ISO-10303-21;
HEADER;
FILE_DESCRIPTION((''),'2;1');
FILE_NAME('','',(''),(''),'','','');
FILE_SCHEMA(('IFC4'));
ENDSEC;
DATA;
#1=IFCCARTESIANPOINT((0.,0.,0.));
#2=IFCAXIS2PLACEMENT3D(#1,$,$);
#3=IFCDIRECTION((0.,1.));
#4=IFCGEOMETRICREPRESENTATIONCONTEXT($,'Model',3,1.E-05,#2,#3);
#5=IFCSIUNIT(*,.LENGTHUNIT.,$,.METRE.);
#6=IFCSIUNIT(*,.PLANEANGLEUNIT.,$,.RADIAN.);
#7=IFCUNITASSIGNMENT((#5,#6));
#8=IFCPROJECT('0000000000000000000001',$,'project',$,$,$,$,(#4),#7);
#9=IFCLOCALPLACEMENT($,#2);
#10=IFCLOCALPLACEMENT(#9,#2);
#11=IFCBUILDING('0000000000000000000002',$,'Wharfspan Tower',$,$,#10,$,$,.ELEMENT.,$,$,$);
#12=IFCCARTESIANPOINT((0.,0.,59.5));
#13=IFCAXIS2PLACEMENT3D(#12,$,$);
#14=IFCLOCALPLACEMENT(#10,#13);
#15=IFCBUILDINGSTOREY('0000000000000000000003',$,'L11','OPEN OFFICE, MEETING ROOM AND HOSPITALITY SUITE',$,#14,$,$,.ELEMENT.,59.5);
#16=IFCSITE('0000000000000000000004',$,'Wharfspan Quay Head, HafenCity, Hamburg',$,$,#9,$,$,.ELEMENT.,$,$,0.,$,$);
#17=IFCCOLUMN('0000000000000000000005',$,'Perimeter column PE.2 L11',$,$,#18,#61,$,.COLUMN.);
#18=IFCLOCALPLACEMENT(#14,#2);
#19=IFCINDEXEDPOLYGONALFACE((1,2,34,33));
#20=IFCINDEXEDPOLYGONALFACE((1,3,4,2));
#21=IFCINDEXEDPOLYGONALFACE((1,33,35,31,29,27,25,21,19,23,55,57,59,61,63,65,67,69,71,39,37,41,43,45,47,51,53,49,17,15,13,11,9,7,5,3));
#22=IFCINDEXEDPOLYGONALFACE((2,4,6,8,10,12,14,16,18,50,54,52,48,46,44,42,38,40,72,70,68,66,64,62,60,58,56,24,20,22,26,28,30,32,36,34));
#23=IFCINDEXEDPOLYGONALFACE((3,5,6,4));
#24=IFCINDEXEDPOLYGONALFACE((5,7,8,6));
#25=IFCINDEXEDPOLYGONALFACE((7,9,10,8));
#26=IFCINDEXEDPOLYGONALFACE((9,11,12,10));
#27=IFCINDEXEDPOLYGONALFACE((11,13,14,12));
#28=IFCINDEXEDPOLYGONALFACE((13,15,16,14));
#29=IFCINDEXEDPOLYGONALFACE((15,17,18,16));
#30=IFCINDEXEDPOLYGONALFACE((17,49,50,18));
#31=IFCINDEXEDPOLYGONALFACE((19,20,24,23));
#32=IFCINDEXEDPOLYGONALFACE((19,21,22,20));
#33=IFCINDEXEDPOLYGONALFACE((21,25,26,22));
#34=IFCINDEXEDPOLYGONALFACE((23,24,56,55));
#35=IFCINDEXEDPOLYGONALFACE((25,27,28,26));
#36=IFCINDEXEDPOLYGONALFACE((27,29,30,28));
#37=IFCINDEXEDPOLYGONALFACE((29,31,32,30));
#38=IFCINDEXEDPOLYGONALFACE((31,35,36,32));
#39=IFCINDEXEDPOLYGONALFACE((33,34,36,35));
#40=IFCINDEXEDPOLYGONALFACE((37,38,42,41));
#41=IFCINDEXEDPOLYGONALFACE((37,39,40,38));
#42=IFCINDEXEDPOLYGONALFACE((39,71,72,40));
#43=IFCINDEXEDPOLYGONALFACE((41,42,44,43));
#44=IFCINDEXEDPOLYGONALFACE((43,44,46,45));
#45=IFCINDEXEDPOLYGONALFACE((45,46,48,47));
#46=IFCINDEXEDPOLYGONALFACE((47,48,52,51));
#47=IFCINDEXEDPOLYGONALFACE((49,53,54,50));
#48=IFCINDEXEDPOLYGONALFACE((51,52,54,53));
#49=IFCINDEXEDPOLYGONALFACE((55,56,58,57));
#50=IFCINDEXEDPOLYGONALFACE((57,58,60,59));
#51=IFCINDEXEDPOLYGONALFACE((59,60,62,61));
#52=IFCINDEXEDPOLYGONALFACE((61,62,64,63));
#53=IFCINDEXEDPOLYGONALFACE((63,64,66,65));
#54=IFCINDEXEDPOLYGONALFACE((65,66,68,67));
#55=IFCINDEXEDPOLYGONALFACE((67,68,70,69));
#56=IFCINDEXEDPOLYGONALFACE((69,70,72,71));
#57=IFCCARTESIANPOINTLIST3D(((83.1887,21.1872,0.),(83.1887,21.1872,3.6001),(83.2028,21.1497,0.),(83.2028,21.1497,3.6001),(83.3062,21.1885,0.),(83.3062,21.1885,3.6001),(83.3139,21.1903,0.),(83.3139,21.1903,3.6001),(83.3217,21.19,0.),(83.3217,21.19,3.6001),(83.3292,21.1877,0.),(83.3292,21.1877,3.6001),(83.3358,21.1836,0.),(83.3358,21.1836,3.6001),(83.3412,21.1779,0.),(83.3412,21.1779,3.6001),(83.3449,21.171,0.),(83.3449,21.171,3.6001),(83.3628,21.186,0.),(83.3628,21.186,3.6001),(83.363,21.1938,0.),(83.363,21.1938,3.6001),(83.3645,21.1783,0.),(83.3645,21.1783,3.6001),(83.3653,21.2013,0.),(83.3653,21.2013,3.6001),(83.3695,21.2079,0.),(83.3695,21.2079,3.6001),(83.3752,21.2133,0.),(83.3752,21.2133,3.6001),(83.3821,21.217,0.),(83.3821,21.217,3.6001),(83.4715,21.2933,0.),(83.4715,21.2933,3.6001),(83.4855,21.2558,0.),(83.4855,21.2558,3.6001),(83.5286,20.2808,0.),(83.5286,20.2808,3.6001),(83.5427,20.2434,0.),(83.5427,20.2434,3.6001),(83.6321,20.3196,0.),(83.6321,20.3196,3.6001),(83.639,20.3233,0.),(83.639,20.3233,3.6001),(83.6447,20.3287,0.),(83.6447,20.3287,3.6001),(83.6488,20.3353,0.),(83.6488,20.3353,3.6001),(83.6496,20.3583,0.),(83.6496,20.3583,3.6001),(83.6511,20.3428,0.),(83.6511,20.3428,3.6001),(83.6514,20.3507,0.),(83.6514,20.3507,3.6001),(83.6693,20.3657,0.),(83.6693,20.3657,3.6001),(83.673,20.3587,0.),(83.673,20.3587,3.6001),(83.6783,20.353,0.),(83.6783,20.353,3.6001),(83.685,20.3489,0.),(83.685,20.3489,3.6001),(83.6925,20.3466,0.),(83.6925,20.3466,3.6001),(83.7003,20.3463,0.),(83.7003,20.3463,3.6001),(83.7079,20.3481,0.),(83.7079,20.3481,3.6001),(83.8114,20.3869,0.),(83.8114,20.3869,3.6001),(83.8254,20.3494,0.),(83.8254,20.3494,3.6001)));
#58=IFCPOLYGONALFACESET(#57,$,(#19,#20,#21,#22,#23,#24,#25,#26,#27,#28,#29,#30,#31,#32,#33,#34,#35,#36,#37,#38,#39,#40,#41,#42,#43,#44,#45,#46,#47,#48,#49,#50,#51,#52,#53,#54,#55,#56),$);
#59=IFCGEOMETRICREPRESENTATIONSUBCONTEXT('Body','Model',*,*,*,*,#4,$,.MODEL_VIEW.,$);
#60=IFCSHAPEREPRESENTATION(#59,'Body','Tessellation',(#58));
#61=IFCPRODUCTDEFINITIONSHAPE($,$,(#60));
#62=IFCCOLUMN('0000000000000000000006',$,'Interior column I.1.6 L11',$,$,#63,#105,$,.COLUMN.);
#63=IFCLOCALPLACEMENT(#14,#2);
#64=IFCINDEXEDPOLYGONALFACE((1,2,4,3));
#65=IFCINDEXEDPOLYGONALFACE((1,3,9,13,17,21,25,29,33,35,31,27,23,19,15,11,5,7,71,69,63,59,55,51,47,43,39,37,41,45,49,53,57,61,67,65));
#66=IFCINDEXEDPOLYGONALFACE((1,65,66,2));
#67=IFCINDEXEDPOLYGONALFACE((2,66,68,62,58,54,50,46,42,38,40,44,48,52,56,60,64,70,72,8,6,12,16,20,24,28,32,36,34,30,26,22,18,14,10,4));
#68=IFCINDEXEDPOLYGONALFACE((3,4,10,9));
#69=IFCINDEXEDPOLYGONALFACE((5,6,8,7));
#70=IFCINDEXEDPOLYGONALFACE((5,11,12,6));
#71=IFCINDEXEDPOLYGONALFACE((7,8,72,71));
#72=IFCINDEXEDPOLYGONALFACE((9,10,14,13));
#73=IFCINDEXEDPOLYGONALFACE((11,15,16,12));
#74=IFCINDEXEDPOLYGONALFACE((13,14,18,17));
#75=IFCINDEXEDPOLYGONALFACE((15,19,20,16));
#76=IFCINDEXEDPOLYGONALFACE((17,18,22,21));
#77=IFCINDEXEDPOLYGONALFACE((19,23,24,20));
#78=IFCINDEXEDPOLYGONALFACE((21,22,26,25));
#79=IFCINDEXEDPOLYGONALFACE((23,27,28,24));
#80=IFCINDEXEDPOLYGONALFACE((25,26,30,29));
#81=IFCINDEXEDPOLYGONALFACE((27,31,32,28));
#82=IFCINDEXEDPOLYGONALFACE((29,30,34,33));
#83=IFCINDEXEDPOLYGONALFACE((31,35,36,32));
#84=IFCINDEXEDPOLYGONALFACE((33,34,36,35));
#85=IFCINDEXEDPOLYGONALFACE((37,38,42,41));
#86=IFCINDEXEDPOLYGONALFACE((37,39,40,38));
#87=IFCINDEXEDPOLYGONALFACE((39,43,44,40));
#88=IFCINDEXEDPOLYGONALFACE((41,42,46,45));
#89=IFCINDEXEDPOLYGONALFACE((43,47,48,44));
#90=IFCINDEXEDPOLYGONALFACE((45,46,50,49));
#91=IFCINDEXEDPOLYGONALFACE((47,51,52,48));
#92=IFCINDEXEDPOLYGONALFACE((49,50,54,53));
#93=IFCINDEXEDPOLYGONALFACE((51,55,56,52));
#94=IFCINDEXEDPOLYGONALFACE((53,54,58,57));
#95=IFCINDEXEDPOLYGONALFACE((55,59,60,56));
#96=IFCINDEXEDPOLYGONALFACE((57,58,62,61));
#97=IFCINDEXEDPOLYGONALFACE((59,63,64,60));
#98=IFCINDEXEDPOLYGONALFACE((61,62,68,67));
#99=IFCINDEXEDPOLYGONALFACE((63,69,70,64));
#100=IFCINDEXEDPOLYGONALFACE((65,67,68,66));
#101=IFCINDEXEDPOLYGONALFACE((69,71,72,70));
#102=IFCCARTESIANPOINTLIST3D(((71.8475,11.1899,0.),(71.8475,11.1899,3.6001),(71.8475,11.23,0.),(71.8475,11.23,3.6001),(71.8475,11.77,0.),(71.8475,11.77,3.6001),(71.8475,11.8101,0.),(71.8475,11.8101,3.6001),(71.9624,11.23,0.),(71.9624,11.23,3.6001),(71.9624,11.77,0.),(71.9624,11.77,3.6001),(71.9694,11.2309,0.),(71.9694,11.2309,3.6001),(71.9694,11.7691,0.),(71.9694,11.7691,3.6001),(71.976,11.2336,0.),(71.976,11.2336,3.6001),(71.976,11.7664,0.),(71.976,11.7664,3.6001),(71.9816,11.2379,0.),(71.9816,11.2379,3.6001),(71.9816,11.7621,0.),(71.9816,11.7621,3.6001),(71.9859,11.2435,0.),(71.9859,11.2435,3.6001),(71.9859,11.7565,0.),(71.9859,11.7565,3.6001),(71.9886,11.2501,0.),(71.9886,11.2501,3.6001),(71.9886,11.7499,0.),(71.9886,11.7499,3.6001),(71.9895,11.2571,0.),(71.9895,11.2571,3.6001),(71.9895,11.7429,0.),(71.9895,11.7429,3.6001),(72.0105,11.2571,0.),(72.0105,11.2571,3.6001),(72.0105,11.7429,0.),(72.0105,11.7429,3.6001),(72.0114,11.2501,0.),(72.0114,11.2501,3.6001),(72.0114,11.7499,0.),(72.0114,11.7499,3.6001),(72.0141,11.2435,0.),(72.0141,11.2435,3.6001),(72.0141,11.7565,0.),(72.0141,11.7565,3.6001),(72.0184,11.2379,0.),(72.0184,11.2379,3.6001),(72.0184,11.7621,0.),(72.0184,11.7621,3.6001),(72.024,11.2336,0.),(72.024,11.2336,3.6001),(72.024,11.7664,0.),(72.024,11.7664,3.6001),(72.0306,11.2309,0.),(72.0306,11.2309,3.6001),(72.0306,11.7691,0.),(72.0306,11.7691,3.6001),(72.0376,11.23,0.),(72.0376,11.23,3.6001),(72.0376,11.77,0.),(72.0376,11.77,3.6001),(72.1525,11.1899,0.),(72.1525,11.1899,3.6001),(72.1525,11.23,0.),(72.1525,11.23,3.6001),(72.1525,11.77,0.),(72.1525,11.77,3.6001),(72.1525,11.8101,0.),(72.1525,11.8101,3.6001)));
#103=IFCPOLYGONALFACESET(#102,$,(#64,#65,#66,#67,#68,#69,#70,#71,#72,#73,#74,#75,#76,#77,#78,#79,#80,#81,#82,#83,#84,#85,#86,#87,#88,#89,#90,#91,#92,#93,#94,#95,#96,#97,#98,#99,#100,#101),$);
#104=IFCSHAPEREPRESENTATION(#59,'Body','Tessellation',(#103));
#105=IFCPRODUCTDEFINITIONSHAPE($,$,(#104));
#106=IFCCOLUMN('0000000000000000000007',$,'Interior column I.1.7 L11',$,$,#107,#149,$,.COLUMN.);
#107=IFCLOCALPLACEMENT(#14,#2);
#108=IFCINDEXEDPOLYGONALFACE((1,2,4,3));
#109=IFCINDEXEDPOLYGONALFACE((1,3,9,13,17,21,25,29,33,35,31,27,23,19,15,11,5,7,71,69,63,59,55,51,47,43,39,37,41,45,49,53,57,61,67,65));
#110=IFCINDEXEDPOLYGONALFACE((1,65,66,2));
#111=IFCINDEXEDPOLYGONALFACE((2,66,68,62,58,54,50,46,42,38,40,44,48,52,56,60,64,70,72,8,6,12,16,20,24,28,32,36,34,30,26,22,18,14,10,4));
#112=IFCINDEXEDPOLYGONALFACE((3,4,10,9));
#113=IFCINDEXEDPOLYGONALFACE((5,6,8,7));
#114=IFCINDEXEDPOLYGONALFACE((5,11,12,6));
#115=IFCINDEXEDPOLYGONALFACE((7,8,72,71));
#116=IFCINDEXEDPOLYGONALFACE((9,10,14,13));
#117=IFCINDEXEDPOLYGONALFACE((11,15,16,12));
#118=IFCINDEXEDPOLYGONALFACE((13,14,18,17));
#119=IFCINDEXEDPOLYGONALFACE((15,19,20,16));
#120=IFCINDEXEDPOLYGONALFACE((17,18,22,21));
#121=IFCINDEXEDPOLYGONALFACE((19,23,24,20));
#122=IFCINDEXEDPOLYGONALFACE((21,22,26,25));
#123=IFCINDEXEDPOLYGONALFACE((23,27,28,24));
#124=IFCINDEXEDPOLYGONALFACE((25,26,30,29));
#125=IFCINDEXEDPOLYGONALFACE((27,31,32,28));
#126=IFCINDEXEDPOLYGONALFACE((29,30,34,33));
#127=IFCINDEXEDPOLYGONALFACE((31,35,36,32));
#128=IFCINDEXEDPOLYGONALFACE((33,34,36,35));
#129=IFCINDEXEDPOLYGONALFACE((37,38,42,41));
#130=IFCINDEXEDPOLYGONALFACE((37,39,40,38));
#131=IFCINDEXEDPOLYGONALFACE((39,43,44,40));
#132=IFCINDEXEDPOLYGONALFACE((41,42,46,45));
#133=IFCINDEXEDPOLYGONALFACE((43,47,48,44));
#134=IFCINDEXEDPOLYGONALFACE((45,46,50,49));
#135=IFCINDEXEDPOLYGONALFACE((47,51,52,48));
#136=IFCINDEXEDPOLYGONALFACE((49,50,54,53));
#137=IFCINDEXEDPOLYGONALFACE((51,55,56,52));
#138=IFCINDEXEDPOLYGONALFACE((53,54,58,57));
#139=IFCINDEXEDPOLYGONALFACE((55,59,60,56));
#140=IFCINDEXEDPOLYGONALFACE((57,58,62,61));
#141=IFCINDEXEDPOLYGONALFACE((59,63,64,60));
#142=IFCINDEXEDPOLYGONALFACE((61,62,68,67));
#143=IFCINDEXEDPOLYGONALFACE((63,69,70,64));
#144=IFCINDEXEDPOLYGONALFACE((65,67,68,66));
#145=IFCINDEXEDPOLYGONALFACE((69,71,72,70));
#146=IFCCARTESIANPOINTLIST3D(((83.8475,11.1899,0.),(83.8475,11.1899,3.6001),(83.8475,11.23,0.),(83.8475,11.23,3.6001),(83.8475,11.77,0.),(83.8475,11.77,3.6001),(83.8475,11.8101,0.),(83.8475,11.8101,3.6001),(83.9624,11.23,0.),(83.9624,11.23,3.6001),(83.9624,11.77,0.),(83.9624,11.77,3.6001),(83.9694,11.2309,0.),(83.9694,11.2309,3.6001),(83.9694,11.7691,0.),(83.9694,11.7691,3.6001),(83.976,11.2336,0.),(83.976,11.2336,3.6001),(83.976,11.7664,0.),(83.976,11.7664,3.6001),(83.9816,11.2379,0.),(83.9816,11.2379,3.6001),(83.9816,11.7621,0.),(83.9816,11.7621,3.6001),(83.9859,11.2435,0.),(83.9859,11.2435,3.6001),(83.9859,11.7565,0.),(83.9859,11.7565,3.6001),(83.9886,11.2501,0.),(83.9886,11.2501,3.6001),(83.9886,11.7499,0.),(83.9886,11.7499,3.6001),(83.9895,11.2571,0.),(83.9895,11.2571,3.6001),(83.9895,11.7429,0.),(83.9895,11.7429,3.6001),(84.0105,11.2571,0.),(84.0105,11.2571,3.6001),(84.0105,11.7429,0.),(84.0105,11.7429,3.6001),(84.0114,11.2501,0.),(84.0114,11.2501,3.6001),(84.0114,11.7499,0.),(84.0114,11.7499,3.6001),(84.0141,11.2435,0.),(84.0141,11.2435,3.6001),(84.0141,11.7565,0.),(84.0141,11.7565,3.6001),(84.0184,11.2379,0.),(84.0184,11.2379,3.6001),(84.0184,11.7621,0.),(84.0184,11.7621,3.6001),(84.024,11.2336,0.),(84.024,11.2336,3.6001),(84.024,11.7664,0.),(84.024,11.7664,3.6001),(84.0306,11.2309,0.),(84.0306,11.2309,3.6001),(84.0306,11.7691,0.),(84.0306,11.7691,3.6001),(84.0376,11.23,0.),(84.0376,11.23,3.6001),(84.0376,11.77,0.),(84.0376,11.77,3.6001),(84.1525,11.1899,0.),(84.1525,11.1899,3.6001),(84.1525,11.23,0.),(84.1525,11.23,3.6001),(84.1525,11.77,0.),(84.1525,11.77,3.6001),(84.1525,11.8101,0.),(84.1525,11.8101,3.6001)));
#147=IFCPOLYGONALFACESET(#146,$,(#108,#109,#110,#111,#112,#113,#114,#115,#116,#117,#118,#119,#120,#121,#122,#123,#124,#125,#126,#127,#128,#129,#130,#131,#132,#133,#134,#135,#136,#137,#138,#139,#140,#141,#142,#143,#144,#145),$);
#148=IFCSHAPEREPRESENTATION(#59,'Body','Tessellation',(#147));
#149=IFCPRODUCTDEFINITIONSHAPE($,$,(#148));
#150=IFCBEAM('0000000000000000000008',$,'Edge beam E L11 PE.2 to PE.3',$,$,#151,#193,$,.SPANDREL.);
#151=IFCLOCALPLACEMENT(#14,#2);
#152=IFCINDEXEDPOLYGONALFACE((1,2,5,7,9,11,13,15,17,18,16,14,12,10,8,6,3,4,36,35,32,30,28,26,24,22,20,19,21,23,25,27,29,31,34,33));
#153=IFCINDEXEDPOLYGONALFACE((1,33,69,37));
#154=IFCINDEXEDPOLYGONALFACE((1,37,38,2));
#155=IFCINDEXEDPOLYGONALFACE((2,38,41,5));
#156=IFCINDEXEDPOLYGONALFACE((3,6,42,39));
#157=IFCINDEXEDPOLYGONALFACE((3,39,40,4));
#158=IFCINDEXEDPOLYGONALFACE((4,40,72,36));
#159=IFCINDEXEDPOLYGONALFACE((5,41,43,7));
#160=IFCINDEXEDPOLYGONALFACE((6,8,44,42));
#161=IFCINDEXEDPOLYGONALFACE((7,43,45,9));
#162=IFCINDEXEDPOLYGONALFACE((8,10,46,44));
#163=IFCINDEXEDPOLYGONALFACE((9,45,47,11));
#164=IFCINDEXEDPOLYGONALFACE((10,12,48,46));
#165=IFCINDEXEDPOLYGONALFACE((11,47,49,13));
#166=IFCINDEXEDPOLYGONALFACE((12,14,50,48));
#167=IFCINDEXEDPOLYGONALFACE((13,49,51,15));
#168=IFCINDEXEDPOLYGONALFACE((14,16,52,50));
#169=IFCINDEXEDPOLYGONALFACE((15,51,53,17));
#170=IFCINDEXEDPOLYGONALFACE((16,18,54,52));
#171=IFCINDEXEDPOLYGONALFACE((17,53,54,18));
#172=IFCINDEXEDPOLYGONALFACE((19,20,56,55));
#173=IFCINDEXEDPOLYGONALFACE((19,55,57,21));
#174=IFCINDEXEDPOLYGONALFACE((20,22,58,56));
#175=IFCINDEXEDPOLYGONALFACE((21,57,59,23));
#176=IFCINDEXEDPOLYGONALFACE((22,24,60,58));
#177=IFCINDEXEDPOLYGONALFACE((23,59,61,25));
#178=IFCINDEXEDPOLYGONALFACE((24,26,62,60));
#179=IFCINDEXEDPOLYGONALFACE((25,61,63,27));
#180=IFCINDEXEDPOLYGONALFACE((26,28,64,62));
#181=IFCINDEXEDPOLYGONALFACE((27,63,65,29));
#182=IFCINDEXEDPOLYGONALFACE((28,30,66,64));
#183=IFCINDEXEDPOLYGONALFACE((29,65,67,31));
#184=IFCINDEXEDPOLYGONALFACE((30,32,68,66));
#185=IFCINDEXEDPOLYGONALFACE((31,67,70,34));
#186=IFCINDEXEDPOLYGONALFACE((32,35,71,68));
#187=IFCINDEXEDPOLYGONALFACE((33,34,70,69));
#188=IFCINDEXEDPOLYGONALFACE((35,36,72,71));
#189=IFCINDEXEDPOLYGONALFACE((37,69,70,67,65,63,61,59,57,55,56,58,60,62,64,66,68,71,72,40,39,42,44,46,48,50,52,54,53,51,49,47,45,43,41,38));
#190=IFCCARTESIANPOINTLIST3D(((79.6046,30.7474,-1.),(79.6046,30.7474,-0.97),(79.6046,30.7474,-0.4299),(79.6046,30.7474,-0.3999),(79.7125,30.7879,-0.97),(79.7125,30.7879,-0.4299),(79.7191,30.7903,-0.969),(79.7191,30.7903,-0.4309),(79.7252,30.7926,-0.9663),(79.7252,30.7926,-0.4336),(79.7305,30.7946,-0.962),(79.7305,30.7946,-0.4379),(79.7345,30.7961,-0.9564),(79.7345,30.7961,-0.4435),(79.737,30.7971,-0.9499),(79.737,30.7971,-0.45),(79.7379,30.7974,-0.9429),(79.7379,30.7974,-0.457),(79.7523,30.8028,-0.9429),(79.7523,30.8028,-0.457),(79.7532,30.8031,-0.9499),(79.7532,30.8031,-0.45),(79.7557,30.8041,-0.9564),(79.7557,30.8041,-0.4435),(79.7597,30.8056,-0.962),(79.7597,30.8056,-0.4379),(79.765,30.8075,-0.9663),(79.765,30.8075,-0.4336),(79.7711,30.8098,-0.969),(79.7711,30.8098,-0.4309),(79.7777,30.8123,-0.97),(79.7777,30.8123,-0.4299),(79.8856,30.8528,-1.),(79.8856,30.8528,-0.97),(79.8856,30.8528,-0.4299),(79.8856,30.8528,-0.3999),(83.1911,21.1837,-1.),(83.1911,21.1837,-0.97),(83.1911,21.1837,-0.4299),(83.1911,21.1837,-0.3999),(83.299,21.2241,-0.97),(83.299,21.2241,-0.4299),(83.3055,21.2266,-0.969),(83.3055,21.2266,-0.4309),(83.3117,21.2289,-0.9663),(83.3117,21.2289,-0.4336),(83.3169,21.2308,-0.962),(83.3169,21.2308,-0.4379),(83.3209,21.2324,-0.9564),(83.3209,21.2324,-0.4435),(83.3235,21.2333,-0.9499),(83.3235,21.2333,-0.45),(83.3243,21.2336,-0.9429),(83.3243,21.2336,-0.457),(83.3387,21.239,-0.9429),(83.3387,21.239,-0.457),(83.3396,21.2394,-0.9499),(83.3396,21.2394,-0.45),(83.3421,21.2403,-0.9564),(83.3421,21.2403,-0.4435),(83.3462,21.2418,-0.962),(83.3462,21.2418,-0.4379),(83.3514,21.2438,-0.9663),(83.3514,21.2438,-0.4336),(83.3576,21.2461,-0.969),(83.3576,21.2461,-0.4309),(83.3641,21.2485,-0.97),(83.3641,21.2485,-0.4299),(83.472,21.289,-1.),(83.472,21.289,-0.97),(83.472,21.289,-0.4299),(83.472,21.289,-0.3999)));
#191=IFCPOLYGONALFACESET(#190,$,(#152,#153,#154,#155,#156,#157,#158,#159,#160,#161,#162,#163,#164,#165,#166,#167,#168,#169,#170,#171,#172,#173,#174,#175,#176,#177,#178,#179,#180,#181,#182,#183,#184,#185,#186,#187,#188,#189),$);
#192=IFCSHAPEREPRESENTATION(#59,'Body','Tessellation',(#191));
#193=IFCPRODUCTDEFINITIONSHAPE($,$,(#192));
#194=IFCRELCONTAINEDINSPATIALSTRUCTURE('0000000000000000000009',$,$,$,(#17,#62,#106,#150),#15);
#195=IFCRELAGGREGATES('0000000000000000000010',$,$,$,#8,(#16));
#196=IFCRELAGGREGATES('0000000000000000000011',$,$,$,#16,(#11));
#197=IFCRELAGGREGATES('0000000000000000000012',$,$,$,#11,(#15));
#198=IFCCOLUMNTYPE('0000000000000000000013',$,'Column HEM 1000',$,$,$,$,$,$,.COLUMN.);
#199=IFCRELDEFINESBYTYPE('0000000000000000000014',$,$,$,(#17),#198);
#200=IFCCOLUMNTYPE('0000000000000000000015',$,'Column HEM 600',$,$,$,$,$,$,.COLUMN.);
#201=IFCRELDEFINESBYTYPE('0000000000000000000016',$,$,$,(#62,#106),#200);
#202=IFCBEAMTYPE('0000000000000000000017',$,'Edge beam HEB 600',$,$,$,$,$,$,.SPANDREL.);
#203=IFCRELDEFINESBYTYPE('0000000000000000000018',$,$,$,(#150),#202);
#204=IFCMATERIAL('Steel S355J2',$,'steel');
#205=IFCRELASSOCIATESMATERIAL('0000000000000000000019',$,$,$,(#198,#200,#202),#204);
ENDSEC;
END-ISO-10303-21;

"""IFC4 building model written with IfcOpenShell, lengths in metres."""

from ifc_helpers import new_model, si_unit, direction, frame, origin, origin_2d, place, context, subcontext, project, spatial, i_section, extrude, material, material_profile, profile_set, type_object, element, save


model = new_model("IFC4")

# Units and contexts
model_context = context("Model", 3, precision=1e-05, world=origin(), true_north=direction((0.0, 1.0)))
body_context = subcontext(model_context, "Body", "Model", "MODEL_VIEW")
ifc_project = project(units=[si_unit("LENGTHUNIT", "METRE"), si_unit("PLANEANGLEUNIT", "RADIAN")], contexts=[model_context])

# Site, building, storey
site_placement = place(None, origin())
site = spatial("IfcSite", under=ifc_project, at=site_placement, Name="Wharfspan Quay Head, HafenCity, Hamburg", CompositionType="ELEMENT", RefElevation=0.0)
building_placement = place(site_placement, origin())
building = spatial("IfcBuilding", under=site, at=building_placement, Name="Wharfspan Tower", CompositionType="ELEMENT")
storey_placement = place(building_placement, frame((0.0, 0.0, 59.5)))
storey = spatial("IfcBuildingStorey", under=building, at=storey_placement, Name="L11", Description="OPEN OFFICE, MEETING ROOM AND HOSPITALITY SUITE", CompositionType="ELEMENT", Elevation=59.5)

# Columns
ifc_material_1 = material(Name="Steel S355J2", Category="steel")
ifc_material_profile_1 = material_profile(ifc_material_1, i_section(OverallWidth=0.302, OverallDepth=1.0081, WebThickness=0.021, FlangeThickness=0.04, FilletRadius=0.03, at=origin_2d()))
ifc_profile_set_1 = profile_set([ifc_material_profile_1], Name="Steel S355J2")
column_type_1 = type_object("IfcColumnType", Name="Column HEM 1000", PredefinedType="COLUMN", material=ifc_profile_set_1)
column_placement = place(storey_placement, frame((83.5071, 20.7683, 0.0), z_axis=(0.0, 0.0, 1.0), x_axis=(0.936328, 0.351123, 0.0)))
element("IfcColumn", 1, at=column_placement, inside=storey, type_object=column_type_1, Name="Perimeter column PE.2 L11", PredefinedType="COLUMN", context=body_context, shape_type="SweptSolid", body=[
    extrude(i_section(OverallWidth=0.302, OverallDepth=1.0081, WebThickness=0.021, FlangeThickness=0.04, FilletRadius=0.03, at=origin_2d()), origin(), (0.0, 0.0, 1.0), 3.6001),
])
ifc_material_profile_2 = material_profile(ifc_material_1, i_section(OverallWidth=0.3049, OverallDepth=0.6201, WebThickness=0.021, FlangeThickness=0.04, FilletRadius=0.0271, at=origin_2d()))
ifc_profile_set_2 = profile_set([ifc_material_profile_2], Name="Steel S355J2")
column_type_2 = type_object("IfcColumnType", Name="Column HEM 600", PredefinedType="COLUMN", material=ifc_profile_set_2)
for number, where, z_axis, x_axis, name in (
    (2, (72.0, 11.5, 0.0), (0.0, 0.0, 1.0), (1.0, 0.0, 0.0), "Interior column I.1.6 L11"),
    (3, (84.0, 11.5, 0.0), (0.0, 0.0, 1.0), (1.0, 0.0, 0.0), "Interior column I.1.7 L11"),
):
    element("IfcColumn", number, at=place(storey_placement, frame(where, z_axis=z_axis, x_axis=x_axis)), inside=storey, type_object=column_type_2, Name=name, PredefinedType="COLUMN", context=body_context, shape_type="SweptSolid", body=[
        extrude(i_section(OverallWidth=0.3049, OverallDepth=0.6201, WebThickness=0.021, FlangeThickness=0.04, FilletRadius=0.0271, at=origin_2d()), origin(), (0.0, 0.0, 1.0), 3.6001),
    ])

# Beam
ifc_material_profile_3 = material_profile(ifc_material_1, i_section(OverallWidth=0.3, OverallDepth=0.6001, WebThickness=0.0154, FlangeThickness=0.03, FilletRadius=0.0271, at=origin_2d()))
ifc_profile_set_3 = profile_set([ifc_material_profile_3], Name="Steel S355J2")
beam_type = type_object("IfcBeamType", Name="Edge beam HEB 600", PredefinedType="SPANDREL", material=ifc_profile_set_3)
beam_placement = place(storey_placement, frame((83.3315, 21.2363, -0.7), z_axis=(-0.351126, 0.936328, 0.0), x_axis=(-0.936328, -0.351126, 0.0)))
element("IfcBeam", 4, at=beam_placement, inside=storey, type_object=beam_type, Name="Edge beam E L11 PE.2 to PE.3", PredefinedType="SPANDREL", context=body_context, shape_type="SweptSolid", body=[
    extrude(i_section(OverallWidth=0.3, OverallDepth=0.6001, WebThickness=0.0154, FlangeThickness=0.03, FilletRadius=0.0271, at=origin_2d()), origin(), (0.0, 0.0, 1.0), 10.2141),
])

save(model, "model.ifc")
